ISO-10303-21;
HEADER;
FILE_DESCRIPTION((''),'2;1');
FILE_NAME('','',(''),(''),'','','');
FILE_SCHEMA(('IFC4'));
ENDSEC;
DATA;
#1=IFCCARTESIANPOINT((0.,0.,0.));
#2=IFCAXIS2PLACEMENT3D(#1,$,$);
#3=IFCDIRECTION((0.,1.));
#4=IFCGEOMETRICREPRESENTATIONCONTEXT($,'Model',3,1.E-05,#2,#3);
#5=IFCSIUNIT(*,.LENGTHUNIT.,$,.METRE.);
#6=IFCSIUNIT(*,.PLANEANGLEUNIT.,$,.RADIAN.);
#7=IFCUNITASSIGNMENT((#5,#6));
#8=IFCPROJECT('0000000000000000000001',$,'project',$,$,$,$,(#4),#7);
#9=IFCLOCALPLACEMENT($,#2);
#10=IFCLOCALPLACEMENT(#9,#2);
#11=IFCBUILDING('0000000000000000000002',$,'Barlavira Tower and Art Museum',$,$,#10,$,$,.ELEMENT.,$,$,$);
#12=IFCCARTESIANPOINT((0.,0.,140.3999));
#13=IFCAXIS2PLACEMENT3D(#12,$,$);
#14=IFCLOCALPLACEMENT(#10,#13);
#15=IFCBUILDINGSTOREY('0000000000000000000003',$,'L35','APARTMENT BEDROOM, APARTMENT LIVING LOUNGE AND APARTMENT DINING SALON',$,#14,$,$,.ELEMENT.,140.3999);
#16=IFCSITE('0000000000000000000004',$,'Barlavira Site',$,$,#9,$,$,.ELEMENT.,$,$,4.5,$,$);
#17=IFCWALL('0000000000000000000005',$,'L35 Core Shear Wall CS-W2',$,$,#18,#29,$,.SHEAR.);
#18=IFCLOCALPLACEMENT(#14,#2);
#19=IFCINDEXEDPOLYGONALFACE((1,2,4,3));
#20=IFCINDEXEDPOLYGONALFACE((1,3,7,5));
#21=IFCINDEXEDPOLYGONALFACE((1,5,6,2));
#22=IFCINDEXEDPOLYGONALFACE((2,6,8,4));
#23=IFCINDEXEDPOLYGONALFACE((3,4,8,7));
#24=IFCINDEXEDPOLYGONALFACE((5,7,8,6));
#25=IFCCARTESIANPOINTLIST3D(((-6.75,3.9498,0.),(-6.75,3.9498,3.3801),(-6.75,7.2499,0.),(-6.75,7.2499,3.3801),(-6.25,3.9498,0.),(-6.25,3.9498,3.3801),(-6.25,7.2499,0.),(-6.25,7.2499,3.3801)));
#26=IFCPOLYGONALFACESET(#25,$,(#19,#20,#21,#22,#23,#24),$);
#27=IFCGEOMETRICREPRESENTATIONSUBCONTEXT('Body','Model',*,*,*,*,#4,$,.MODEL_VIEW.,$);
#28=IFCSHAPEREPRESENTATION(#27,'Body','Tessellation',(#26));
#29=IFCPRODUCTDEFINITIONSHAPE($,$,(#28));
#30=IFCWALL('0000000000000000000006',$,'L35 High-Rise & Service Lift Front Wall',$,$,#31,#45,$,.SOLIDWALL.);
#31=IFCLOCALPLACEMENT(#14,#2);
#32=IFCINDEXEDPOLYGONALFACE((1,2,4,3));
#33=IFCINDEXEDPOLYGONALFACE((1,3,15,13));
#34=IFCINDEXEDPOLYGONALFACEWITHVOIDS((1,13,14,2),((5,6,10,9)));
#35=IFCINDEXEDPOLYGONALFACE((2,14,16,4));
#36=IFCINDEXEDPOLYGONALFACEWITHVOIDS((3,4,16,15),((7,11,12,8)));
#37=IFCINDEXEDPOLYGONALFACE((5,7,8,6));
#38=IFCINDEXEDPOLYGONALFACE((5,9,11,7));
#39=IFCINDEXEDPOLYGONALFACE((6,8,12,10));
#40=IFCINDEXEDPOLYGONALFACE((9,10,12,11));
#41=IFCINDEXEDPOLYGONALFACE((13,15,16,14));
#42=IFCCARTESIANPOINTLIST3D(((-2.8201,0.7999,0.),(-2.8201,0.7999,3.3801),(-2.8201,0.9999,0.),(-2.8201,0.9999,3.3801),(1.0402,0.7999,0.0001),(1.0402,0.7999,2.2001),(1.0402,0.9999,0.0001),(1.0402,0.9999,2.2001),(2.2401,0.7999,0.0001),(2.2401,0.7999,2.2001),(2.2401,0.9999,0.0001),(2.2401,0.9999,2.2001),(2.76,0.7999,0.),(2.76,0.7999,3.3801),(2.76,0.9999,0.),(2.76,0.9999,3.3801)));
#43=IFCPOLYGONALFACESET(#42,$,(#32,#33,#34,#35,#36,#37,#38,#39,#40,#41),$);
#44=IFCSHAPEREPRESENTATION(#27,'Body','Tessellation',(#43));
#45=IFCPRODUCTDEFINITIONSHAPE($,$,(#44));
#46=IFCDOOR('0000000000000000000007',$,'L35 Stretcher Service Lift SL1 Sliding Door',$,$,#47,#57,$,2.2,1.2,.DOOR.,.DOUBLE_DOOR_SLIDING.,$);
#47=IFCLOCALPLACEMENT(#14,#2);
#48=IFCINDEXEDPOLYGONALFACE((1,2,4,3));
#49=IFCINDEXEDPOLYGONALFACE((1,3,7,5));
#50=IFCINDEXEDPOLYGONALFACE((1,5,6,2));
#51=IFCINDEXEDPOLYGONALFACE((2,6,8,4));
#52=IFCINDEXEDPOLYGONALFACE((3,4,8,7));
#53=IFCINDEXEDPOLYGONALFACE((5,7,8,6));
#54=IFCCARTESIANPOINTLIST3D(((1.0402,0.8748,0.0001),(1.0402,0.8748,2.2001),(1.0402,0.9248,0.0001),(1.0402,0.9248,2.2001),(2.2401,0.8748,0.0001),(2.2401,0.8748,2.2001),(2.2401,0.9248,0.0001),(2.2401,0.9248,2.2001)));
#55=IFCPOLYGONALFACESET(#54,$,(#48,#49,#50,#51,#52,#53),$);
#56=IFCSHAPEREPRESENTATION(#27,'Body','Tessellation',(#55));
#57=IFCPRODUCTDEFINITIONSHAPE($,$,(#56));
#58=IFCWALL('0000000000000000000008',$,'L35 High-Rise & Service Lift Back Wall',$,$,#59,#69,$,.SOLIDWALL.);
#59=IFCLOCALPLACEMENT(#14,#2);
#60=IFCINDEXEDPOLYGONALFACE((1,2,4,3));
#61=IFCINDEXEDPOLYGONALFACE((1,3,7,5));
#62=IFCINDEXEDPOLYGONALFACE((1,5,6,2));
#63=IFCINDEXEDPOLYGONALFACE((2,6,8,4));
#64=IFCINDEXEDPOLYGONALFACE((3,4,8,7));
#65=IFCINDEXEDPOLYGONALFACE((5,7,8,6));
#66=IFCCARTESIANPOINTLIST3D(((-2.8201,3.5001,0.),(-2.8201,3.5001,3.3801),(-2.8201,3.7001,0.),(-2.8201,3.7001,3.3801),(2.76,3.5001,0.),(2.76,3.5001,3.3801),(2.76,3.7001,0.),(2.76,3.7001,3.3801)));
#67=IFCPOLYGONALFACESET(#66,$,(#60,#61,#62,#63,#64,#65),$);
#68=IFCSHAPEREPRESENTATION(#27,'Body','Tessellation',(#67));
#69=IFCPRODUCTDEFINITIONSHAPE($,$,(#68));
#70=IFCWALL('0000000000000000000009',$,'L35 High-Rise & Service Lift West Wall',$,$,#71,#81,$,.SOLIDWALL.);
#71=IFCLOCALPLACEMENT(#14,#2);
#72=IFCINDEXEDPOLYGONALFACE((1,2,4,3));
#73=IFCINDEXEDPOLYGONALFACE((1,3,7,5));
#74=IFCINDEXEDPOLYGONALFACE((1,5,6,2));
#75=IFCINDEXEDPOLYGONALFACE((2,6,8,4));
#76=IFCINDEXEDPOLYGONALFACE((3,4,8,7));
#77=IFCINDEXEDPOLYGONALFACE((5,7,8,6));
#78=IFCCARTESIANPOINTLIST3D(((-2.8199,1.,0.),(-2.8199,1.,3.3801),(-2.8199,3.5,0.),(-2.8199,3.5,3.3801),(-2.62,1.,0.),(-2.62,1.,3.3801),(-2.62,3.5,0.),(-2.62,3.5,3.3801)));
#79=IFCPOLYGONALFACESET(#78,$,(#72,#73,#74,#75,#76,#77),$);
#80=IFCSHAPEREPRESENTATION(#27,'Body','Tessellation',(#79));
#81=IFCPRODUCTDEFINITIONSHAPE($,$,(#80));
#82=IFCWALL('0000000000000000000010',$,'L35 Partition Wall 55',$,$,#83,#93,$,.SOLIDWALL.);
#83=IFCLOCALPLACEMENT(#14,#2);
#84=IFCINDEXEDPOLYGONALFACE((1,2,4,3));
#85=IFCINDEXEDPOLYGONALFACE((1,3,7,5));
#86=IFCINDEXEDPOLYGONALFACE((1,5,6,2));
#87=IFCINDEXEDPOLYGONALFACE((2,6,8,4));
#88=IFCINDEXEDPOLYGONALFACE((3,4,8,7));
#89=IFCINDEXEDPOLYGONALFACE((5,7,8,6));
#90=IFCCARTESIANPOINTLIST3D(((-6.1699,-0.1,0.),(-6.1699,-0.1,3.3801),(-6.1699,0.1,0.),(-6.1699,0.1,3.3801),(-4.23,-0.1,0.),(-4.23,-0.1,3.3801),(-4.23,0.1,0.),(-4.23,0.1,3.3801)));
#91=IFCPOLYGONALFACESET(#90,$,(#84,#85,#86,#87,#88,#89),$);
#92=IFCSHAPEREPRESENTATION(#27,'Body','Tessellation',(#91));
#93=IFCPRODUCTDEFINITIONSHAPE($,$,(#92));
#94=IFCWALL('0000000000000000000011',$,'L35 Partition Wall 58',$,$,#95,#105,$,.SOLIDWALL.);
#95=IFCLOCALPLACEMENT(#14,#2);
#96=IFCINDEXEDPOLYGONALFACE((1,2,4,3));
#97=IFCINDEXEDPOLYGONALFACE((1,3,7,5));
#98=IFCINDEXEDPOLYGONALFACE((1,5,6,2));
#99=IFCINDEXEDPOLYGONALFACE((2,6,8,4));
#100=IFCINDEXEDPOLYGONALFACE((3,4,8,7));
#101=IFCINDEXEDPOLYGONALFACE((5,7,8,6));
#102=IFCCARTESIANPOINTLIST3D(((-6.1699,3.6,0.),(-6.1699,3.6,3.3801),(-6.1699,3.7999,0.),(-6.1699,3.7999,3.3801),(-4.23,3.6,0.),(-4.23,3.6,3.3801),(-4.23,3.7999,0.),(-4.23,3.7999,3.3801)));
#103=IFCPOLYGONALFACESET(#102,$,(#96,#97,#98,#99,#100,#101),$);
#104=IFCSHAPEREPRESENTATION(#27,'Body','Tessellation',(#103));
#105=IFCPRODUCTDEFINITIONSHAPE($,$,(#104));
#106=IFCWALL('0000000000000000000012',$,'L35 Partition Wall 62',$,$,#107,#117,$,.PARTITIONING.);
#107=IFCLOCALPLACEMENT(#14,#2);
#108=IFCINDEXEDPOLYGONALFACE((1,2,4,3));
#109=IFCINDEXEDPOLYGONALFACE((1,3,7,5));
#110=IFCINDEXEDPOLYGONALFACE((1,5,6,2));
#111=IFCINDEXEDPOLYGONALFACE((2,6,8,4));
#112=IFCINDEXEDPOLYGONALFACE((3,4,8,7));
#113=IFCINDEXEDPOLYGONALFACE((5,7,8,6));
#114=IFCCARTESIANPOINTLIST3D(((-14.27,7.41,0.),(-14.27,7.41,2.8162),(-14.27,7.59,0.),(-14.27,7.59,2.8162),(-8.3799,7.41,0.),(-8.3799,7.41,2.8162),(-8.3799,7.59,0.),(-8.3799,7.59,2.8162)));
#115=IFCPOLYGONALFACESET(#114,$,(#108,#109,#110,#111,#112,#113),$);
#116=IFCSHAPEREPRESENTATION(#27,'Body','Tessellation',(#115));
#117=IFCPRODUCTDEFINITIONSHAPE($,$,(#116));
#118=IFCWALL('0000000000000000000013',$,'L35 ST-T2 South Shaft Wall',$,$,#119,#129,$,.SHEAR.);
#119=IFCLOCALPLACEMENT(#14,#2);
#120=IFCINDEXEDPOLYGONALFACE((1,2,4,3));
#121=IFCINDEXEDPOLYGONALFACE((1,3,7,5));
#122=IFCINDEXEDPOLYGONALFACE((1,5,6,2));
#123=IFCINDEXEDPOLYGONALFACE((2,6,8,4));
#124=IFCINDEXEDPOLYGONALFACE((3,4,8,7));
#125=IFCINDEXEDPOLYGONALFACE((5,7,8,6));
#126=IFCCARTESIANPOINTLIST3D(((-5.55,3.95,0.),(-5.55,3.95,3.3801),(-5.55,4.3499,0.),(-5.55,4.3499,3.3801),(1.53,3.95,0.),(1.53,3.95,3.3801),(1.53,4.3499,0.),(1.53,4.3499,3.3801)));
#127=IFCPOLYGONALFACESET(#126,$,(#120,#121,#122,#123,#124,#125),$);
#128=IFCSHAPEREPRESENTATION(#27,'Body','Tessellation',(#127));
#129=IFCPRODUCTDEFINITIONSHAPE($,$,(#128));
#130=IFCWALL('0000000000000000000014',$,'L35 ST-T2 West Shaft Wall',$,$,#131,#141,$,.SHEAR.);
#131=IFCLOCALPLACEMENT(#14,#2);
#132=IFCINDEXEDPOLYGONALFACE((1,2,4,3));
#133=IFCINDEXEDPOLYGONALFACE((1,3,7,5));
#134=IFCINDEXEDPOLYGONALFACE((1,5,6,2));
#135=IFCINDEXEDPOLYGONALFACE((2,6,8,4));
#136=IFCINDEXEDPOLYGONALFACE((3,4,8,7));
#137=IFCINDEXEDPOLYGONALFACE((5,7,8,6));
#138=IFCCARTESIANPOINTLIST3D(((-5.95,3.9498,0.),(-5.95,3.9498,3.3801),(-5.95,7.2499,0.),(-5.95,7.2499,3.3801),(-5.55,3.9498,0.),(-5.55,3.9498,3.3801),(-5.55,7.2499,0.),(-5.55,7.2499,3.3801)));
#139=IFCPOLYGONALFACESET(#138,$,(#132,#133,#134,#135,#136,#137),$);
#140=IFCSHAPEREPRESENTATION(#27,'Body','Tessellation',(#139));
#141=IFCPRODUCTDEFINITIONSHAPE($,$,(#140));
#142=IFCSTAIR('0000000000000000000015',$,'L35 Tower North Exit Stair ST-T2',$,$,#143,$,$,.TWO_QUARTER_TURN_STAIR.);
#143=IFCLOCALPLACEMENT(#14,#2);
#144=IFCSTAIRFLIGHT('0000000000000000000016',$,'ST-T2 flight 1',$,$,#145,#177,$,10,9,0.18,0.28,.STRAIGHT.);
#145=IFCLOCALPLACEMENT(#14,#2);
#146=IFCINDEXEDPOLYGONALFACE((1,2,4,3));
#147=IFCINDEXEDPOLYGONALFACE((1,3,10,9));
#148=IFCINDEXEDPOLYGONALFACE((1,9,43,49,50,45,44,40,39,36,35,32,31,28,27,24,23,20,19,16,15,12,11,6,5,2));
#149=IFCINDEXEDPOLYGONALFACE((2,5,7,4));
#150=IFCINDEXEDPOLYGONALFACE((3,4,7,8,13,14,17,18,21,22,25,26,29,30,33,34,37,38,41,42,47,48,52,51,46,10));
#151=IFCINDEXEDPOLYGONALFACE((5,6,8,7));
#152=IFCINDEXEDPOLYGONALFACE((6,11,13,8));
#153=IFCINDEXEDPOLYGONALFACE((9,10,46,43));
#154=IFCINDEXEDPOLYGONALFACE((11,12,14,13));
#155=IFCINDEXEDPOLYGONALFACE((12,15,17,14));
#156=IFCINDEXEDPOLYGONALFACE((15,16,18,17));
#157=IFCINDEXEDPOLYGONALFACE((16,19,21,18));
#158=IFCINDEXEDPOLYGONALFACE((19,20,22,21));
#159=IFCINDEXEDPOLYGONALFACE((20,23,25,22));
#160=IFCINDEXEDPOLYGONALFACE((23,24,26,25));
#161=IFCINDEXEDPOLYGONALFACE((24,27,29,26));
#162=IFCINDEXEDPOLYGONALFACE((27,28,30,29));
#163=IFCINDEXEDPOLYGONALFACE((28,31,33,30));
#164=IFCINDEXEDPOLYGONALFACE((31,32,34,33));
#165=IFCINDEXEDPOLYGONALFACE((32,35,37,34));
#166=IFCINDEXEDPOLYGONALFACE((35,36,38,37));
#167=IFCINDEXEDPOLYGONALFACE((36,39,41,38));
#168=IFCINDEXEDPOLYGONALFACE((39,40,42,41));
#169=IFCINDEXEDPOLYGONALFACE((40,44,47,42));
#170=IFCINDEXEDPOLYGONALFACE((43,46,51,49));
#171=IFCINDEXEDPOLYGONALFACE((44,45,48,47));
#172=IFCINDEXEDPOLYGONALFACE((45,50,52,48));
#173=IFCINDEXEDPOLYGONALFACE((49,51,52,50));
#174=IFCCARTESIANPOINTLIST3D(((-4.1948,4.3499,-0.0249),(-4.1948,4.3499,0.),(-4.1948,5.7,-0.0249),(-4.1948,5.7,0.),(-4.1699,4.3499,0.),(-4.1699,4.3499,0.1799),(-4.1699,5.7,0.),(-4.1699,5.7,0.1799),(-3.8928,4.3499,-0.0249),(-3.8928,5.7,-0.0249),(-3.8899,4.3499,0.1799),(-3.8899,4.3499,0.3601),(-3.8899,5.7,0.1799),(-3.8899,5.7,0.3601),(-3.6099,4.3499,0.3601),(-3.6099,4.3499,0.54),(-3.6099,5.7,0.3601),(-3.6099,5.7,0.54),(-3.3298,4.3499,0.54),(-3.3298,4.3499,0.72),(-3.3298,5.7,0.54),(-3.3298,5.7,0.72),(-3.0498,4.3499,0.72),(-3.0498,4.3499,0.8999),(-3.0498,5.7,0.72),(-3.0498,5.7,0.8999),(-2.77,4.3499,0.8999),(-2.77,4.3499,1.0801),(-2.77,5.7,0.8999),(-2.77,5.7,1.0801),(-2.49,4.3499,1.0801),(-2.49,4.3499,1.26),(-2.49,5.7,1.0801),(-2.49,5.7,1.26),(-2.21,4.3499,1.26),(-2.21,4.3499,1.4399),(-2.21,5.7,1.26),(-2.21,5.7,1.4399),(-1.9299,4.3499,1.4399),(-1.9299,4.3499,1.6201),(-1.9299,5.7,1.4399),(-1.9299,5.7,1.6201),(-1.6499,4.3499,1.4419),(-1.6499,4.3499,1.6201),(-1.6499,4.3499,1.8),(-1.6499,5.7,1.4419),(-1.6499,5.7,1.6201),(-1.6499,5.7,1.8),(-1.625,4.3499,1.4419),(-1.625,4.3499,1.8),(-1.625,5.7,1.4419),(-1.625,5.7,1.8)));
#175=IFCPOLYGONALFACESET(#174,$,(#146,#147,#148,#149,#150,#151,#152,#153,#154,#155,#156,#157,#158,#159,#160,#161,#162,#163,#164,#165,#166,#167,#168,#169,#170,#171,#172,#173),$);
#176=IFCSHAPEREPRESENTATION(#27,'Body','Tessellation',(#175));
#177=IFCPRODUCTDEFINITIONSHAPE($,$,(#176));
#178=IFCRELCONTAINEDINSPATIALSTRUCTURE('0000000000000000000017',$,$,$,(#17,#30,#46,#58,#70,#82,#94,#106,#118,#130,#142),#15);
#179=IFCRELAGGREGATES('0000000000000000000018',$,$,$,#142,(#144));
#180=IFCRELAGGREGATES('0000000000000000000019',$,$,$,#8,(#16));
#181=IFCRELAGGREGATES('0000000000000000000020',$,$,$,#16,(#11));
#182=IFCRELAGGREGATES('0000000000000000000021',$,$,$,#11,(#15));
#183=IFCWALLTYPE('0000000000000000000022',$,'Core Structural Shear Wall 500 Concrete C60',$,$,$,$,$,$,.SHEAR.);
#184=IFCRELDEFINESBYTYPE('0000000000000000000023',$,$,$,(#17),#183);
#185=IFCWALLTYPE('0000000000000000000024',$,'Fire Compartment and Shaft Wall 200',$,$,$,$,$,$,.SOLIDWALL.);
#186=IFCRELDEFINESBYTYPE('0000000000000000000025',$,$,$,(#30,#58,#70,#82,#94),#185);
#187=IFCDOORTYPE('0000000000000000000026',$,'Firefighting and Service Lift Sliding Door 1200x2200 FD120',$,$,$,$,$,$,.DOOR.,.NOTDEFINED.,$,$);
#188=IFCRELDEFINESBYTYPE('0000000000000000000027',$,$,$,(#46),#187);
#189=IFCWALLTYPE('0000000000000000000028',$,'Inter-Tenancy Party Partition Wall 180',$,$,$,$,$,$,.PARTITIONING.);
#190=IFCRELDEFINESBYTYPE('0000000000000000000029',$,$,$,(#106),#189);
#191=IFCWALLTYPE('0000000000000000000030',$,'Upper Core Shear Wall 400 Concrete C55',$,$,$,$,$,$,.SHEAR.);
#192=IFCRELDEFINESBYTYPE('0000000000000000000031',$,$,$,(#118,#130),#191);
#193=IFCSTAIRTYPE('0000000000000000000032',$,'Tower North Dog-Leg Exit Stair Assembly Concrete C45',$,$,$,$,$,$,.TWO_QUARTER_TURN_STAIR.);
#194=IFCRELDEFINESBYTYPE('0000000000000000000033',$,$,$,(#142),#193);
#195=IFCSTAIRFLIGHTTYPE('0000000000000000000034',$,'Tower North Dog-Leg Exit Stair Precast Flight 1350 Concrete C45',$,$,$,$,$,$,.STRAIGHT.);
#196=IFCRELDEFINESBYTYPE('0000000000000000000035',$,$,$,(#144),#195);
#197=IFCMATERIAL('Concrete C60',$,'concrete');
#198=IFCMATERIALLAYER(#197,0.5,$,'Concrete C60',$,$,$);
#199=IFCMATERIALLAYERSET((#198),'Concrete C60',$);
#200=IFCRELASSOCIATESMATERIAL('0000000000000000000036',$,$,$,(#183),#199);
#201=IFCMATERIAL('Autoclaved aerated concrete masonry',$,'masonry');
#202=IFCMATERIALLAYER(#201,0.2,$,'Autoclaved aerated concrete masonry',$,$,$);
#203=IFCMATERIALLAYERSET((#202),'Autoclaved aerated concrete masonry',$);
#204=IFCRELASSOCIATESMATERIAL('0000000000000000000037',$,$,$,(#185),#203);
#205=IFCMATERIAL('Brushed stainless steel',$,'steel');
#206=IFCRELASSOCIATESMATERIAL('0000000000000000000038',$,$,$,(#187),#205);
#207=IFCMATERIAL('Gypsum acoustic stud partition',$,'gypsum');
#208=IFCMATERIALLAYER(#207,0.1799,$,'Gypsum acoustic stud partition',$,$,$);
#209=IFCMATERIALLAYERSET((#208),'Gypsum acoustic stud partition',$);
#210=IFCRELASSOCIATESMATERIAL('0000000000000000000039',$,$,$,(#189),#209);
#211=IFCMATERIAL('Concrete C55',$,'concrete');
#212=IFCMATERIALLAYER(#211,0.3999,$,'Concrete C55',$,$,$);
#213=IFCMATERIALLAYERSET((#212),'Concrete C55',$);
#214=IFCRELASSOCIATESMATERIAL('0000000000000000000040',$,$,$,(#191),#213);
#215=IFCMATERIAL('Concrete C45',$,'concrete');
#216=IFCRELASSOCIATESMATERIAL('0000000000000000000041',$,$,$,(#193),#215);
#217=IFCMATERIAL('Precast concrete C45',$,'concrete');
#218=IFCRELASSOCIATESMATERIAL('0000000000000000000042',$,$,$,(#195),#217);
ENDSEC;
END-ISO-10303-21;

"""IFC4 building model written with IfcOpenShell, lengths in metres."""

from ifc_helpers import new_model, si_unit, direction, frame, frame_2d, origin, place, context, subcontext, project, spatial, polyline, rectangle, outline, extrude, material, layer, layer_set, type_object, element, fill, aggregate, save


model = new_model("IFC4")

# Units and contexts
model_context = context("Model", 3, precision=1e-05, world=origin(), true_north=direction((0.0, 1.0)))
body_context = subcontext(model_context, "Body", "Model", "MODEL_VIEW")
ifc_project = project(units=[si_unit("LENGTHUNIT", "METRE"), si_unit("PLANEANGLEUNIT", "RADIAN")], contexts=[model_context])

# Site, building, storey
site_placement = place(None, origin())
site = spatial("IfcSite", under=ifc_project, at=site_placement, Name="Barlavira Site", CompositionType="ELEMENT", RefElevation=4.5)
building_placement = place(site_placement, origin())
building = spatial("IfcBuilding", under=site, at=building_placement, Name="Barlavira Tower and Art Museum", CompositionType="ELEMENT")
storey_placement = place(building_placement, frame((0.0, 0.0, 140.3999)))
storey = spatial("IfcBuildingStorey", under=building, at=storey_placement, Name="L35", Description="APARTMENT BEDROOM, APARTMENT LIVING LOUNGE AND APARTMENT DINING SALON", CompositionType="ELEMENT", Elevation=140.3999)

# Shared definitions
ifc_material_1 = material(Name="Gypsum acoustic stud partition", Category="gypsum")
ifc_material_2 = material(Name="Concrete C60", Category="concrete")
ifc_layer_1 = layer(ifc_material_2, 0.5, Name="Concrete C60")
ifc_layer_set_1 = layer_set([ifc_layer_1], Name="Concrete C60")
wall_type_1 = type_object("IfcWallType", Name="Core Structural Shear Wall 500 Concrete C60", PredefinedType="SHEAR", material=ifc_layer_set_1)
ifc_material_3 = material(Name="Brushed stainless steel", Category="steel")

# Wall
wall_1_placement = place(storey_placement, frame((-6.5, 3.95, 0.0), z_axis=(0.0, 0.0, 1.0), x_axis=(0.0, 1.0, 0.0)))
element("IfcWall", 1, at=wall_1_placement, inside=storey, type_object=wall_type_1, Name="L35 Core Shear Wall CS-W2", PredefinedType="SHEAR", context=body_context, shape_type="SweptSolid", body=[
    extrude(rectangle(XDim=3.3, YDim=0.5, at=frame_2d((1.6499, 0.0))), origin(), (0.0, 0.0, 1.0), 3.3801),
])

# Wall, opening, door
ifc_material_4 = material(Name="Autoclaved aerated concrete masonry", Category="masonry")
ifc_layer_2 = layer(ifc_material_4, 0.2, Name="Autoclaved aerated concrete masonry")
ifc_layer_set_2 = layer_set([ifc_layer_2], Name="Autoclaved aerated concrete masonry")
wall_type_2 = type_object("IfcWallType", Name="Fire Compartment and Shaft Wall 200", PredefinedType="SOLIDWALL", material=ifc_layer_set_2)
wall_2_placement = place(storey_placement, frame((-2.8201, 0.8999, 0.0), z_axis=(0.0, 0.0, 1.0), x_axis=(1.0, 0.0, 0.0)))
wall_2 = element("IfcWall", 2, at=wall_2_placement, inside=storey, type_object=wall_type_2, Name="L35 High-Rise & Service Lift Front Wall", PredefinedType="SOLIDWALL", context=body_context, shape_type="SweptSolid", body=[
    extrude(rectangle(XDim=5.5801, YDim=0.2, at=frame_2d((2.79, 0.0))), origin(), (0.0, 0.0, 1.0), 3.3801),
])
opening_1_placement = place(wall_2_placement, frame((3.8601, 0.0, 0.0)))
opening_1 = element("IfcOpeningElement", 3, at=opening_1_placement, cuts=wall_2, PredefinedType="OPENING", context=body_context, shape_type="SweptSolid", body=[
    extrude(rectangle(XDim=1.2, YDim=2.2, at=frame_2d((0.6001, 1.1001))), frame((0.0, 0.1099, 0.0), z_axis=(0.0, -1.0, 0.0), x_axis=(1.0, 0.0, 0.0)), (0.0, 0.0, 1.0), 0.22),
])
door_type_1 = type_object("IfcDoorType", Name="Firefighting and Service Lift Sliding Door 1200x2200 FD120", OperationType="NOTDEFINED", PredefinedType="DOOR", material=ifc_material_3)
door_1_placement = place(opening_1_placement, origin())
door_1 = element("IfcDoor", 4, at=door_1_placement, inside=storey, type_object=door_type_1, Name="L35 Stretcher Service Lift SL1 Sliding Door", OperationType="DOUBLE_DOOR_SLIDING", OverallHeight=2.2, OverallWidth=1.2, PredefinedType="DOOR", context=body_context, shape_type="SweptSolid", body=[
    extrude(rectangle(XDim=1.2, YDim=2.2, at=frame_2d((0.6001, 1.1001))), frame((0.0, 0.0249, 0.0), z_axis=(0.0, -1.0, 0.0), x_axis=(1.0, 0.0, 0.0)), (0.0, 0.0, 1.0), 0.05),
])
fill(opening_1, door_1)

# Walls
wall_3_placement = place(storey_placement, frame((-2.8201, 3.6001, 0.0), z_axis=(0.0, 0.0, 1.0), x_axis=(1.0, 0.0, 0.0)))
element("IfcWall", 5, at=wall_3_placement, inside=storey, type_object=wall_type_2, Name="L35 High-Rise & Service Lift Back Wall", PredefinedType="SOLIDWALL", context=body_context, shape_type="SweptSolid", body=[
    extrude(rectangle(XDim=5.5801, YDim=0.2, at=frame_2d((2.79, 0.0))), origin(), (0.0, 0.0, 1.0), 3.3801),
])
wall_4_placement = place(storey_placement, frame((-2.72, 1.0, 0.0), z_axis=(0.0, 0.0, 1.0), x_axis=(0.0, 1.0, 0.0)))
element("IfcWall", 6, at=wall_4_placement, inside=storey, type_object=wall_type_2, Name="L35 High-Rise & Service Lift West Wall", PredefinedType="SOLIDWALL", context=body_context, shape_type="SweptSolid", body=[
    extrude(rectangle(XDim=2.5, YDim=0.2, at=frame_2d((1.25, 0.0))), origin(), (0.0, 0.0, 1.0), 3.3801),
])
for number, where, z_axis, x_axis, name in (
    (7, (-6.1699, 0.0, 0.0), (0.0, 0.0, 1.0), (1.0, 0.0, 0.0), "L35 Partition Wall 55"),
    (8, (-6.1699, 3.7, 0.0), (0.0, 0.0, 1.0), (1.0, 0.0, 0.0), "L35 Partition Wall 58"),
):
    element("IfcWall", number, at=place(storey_placement, frame(where, z_axis=z_axis, x_axis=x_axis)), inside=storey, type_object=wall_type_2, Name=name, PredefinedType="SOLIDWALL", context=body_context, shape_type="SweptSolid", body=[
        extrude(rectangle(XDim=1.9399, YDim=0.2, at=frame_2d((0.97, 0.0))), origin(), (0.0, 0.0, 1.0), 3.3801),
    ])
ifc_layer_3 = layer(ifc_material_1, 0.1799, Name="Gypsum acoustic stud partition")
ifc_layer_set_3 = layer_set([ifc_layer_3], Name="Gypsum acoustic stud partition")
wall_type_3 = type_object("IfcWallType", Name="Inter-Tenancy Party Partition Wall 180", PredefinedType="PARTITIONING", material=ifc_layer_set_3)
wall_5_placement = place(storey_placement, frame((-14.27, 7.5, 0.0), z_axis=(0.0, 0.0, 1.0), x_axis=(1.0, 0.0, 0.0)))
element("IfcWall", 9, at=wall_5_placement, inside=storey, type_object=wall_type_3, Name="L35 Partition Wall 62", PredefinedType="PARTITIONING", context=body_context, shape_type="SweptSolid", body=[
    extrude(rectangle(XDim=5.8901, YDim=0.1799, at=frame_2d((2.9451, 0.0))), origin(), (0.0, 0.0, 1.0), 2.8162),
])

# Walls
ifc_material_5 = material(Name="Concrete C55", Category="concrete")
ifc_layer_4 = layer(ifc_material_5, 0.3999, Name="Concrete C55")
ifc_layer_set_4 = layer_set([ifc_layer_4], Name="Concrete C55")
wall_type_4 = type_object("IfcWallType", Name="Upper Core Shear Wall 400 Concrete C55", PredefinedType="SHEAR", material=ifc_layer_set_4)
wall_6_placement = place(storey_placement, frame((-5.55, 4.1499, 0.0), z_axis=(0.0, 0.0, 1.0), x_axis=(1.0, 0.0, 0.0)))
element("IfcWall", 10, at=wall_6_placement, inside=storey, type_object=wall_type_4, Name="L35 ST-T2 South Shaft Wall", PredefinedType="SHEAR", context=body_context, shape_type="SweptSolid", body=[
    extrude(rectangle(XDim=7.0801, YDim=0.3999, at=frame_2d((3.54, 0.0))), origin(), (0.0, 0.0, 1.0), 3.3801),
])
wall_7_placement = place(storey_placement, frame((-5.75, 3.95, 0.0), z_axis=(0.0, 0.0, 1.0), x_axis=(0.0, 1.0, 0.0)))
element("IfcWall", 11, at=wall_7_placement, inside=storey, type_object=wall_type_4, Name="L35 ST-T2 West Shaft Wall", PredefinedType="SHEAR", context=body_context, shape_type="SweptSolid", body=[
    extrude(rectangle(XDim=3.3, YDim=0.3999, at=frame_2d((1.6499, 0.0))), origin(), (0.0, 0.0, 1.0), 3.3801),
])

# Stair, stair flight
ifc_material_6 = material(Name="Concrete C45", Category="concrete")
stair_type = type_object("IfcStairType", Name="Tower North Dog-Leg Exit Stair Assembly Concrete C45", PredefinedType="TWO_QUARTER_TURN_STAIR", material=ifc_material_6)
stair_placement = place(storey_placement, origin())
stair = element("IfcStair", 12, at=stair_placement, inside=storey, type_object=stair_type, Name="L35 Tower North Exit Stair ST-T2", PredefinedType="TWO_QUARTER_TURN_STAIR")
ifc_material_7 = material(Name="Precast concrete C45", Category="concrete")
stair_flight_type = type_object("IfcStairFlightType", Name="Tower North Dog-Leg Exit Stair Precast Flight 1350 Concrete C45", PredefinedType="STRAIGHT", material=ifc_material_7)
stair_flight_placement = place(storey_placement, frame((-4.1699, 5.0249, 0.0), z_axis=(0.0, 0.0, 1.0), x_axis=(1.0, 0.0, 0.0)))
stair_flight = element("IfcStairFlight", 13, at=stair_flight_placement, type_object=stair_flight_type, Name="ST-T2 flight 1", NumberOfRisers=10, NumberOfTreads=9, PredefinedType="STRAIGHT", RiserHeight=0.18, TreadLength=0.28, context=body_context, shape_type="SweptSolid", body=[
    extrude(outline(polyline([(-0.0249, 0.0), (0.0, 0.0), (0.0, 0.1799), (0.28, 0.1799), (0.28, 0.3601), (0.5601, 0.3601), (0.5601, 0.54), (0.8401, 0.54), (0.8401, 0.72), (1.1201, 0.72), (1.1201, 0.8999), (1.3999, 0.8999), (1.3999, 1.0801), (1.6799, 1.0801), (1.6799, 1.26), (1.96, 1.26), (1.96, 1.4399), (2.24, 1.4399), (2.24, 1.6201), (2.52, 1.6201), (2.52, 1.8), (2.5449, 1.8), (2.5449, 1.4419), (2.52, 1.4419), (0.2771, -0.0249), (-0.0249, -0.0249), (-0.0249, 0.0)])), frame((0.0, 0.675, 0.0), z_axis=(0.0, -1.0, 0.0), x_axis=(1.0, 0.0, 0.0)), (0.0, 0.0, 1.0), 1.3501),
])
aggregate(stair, [stair_flight])

save(model, "model.ifc")
